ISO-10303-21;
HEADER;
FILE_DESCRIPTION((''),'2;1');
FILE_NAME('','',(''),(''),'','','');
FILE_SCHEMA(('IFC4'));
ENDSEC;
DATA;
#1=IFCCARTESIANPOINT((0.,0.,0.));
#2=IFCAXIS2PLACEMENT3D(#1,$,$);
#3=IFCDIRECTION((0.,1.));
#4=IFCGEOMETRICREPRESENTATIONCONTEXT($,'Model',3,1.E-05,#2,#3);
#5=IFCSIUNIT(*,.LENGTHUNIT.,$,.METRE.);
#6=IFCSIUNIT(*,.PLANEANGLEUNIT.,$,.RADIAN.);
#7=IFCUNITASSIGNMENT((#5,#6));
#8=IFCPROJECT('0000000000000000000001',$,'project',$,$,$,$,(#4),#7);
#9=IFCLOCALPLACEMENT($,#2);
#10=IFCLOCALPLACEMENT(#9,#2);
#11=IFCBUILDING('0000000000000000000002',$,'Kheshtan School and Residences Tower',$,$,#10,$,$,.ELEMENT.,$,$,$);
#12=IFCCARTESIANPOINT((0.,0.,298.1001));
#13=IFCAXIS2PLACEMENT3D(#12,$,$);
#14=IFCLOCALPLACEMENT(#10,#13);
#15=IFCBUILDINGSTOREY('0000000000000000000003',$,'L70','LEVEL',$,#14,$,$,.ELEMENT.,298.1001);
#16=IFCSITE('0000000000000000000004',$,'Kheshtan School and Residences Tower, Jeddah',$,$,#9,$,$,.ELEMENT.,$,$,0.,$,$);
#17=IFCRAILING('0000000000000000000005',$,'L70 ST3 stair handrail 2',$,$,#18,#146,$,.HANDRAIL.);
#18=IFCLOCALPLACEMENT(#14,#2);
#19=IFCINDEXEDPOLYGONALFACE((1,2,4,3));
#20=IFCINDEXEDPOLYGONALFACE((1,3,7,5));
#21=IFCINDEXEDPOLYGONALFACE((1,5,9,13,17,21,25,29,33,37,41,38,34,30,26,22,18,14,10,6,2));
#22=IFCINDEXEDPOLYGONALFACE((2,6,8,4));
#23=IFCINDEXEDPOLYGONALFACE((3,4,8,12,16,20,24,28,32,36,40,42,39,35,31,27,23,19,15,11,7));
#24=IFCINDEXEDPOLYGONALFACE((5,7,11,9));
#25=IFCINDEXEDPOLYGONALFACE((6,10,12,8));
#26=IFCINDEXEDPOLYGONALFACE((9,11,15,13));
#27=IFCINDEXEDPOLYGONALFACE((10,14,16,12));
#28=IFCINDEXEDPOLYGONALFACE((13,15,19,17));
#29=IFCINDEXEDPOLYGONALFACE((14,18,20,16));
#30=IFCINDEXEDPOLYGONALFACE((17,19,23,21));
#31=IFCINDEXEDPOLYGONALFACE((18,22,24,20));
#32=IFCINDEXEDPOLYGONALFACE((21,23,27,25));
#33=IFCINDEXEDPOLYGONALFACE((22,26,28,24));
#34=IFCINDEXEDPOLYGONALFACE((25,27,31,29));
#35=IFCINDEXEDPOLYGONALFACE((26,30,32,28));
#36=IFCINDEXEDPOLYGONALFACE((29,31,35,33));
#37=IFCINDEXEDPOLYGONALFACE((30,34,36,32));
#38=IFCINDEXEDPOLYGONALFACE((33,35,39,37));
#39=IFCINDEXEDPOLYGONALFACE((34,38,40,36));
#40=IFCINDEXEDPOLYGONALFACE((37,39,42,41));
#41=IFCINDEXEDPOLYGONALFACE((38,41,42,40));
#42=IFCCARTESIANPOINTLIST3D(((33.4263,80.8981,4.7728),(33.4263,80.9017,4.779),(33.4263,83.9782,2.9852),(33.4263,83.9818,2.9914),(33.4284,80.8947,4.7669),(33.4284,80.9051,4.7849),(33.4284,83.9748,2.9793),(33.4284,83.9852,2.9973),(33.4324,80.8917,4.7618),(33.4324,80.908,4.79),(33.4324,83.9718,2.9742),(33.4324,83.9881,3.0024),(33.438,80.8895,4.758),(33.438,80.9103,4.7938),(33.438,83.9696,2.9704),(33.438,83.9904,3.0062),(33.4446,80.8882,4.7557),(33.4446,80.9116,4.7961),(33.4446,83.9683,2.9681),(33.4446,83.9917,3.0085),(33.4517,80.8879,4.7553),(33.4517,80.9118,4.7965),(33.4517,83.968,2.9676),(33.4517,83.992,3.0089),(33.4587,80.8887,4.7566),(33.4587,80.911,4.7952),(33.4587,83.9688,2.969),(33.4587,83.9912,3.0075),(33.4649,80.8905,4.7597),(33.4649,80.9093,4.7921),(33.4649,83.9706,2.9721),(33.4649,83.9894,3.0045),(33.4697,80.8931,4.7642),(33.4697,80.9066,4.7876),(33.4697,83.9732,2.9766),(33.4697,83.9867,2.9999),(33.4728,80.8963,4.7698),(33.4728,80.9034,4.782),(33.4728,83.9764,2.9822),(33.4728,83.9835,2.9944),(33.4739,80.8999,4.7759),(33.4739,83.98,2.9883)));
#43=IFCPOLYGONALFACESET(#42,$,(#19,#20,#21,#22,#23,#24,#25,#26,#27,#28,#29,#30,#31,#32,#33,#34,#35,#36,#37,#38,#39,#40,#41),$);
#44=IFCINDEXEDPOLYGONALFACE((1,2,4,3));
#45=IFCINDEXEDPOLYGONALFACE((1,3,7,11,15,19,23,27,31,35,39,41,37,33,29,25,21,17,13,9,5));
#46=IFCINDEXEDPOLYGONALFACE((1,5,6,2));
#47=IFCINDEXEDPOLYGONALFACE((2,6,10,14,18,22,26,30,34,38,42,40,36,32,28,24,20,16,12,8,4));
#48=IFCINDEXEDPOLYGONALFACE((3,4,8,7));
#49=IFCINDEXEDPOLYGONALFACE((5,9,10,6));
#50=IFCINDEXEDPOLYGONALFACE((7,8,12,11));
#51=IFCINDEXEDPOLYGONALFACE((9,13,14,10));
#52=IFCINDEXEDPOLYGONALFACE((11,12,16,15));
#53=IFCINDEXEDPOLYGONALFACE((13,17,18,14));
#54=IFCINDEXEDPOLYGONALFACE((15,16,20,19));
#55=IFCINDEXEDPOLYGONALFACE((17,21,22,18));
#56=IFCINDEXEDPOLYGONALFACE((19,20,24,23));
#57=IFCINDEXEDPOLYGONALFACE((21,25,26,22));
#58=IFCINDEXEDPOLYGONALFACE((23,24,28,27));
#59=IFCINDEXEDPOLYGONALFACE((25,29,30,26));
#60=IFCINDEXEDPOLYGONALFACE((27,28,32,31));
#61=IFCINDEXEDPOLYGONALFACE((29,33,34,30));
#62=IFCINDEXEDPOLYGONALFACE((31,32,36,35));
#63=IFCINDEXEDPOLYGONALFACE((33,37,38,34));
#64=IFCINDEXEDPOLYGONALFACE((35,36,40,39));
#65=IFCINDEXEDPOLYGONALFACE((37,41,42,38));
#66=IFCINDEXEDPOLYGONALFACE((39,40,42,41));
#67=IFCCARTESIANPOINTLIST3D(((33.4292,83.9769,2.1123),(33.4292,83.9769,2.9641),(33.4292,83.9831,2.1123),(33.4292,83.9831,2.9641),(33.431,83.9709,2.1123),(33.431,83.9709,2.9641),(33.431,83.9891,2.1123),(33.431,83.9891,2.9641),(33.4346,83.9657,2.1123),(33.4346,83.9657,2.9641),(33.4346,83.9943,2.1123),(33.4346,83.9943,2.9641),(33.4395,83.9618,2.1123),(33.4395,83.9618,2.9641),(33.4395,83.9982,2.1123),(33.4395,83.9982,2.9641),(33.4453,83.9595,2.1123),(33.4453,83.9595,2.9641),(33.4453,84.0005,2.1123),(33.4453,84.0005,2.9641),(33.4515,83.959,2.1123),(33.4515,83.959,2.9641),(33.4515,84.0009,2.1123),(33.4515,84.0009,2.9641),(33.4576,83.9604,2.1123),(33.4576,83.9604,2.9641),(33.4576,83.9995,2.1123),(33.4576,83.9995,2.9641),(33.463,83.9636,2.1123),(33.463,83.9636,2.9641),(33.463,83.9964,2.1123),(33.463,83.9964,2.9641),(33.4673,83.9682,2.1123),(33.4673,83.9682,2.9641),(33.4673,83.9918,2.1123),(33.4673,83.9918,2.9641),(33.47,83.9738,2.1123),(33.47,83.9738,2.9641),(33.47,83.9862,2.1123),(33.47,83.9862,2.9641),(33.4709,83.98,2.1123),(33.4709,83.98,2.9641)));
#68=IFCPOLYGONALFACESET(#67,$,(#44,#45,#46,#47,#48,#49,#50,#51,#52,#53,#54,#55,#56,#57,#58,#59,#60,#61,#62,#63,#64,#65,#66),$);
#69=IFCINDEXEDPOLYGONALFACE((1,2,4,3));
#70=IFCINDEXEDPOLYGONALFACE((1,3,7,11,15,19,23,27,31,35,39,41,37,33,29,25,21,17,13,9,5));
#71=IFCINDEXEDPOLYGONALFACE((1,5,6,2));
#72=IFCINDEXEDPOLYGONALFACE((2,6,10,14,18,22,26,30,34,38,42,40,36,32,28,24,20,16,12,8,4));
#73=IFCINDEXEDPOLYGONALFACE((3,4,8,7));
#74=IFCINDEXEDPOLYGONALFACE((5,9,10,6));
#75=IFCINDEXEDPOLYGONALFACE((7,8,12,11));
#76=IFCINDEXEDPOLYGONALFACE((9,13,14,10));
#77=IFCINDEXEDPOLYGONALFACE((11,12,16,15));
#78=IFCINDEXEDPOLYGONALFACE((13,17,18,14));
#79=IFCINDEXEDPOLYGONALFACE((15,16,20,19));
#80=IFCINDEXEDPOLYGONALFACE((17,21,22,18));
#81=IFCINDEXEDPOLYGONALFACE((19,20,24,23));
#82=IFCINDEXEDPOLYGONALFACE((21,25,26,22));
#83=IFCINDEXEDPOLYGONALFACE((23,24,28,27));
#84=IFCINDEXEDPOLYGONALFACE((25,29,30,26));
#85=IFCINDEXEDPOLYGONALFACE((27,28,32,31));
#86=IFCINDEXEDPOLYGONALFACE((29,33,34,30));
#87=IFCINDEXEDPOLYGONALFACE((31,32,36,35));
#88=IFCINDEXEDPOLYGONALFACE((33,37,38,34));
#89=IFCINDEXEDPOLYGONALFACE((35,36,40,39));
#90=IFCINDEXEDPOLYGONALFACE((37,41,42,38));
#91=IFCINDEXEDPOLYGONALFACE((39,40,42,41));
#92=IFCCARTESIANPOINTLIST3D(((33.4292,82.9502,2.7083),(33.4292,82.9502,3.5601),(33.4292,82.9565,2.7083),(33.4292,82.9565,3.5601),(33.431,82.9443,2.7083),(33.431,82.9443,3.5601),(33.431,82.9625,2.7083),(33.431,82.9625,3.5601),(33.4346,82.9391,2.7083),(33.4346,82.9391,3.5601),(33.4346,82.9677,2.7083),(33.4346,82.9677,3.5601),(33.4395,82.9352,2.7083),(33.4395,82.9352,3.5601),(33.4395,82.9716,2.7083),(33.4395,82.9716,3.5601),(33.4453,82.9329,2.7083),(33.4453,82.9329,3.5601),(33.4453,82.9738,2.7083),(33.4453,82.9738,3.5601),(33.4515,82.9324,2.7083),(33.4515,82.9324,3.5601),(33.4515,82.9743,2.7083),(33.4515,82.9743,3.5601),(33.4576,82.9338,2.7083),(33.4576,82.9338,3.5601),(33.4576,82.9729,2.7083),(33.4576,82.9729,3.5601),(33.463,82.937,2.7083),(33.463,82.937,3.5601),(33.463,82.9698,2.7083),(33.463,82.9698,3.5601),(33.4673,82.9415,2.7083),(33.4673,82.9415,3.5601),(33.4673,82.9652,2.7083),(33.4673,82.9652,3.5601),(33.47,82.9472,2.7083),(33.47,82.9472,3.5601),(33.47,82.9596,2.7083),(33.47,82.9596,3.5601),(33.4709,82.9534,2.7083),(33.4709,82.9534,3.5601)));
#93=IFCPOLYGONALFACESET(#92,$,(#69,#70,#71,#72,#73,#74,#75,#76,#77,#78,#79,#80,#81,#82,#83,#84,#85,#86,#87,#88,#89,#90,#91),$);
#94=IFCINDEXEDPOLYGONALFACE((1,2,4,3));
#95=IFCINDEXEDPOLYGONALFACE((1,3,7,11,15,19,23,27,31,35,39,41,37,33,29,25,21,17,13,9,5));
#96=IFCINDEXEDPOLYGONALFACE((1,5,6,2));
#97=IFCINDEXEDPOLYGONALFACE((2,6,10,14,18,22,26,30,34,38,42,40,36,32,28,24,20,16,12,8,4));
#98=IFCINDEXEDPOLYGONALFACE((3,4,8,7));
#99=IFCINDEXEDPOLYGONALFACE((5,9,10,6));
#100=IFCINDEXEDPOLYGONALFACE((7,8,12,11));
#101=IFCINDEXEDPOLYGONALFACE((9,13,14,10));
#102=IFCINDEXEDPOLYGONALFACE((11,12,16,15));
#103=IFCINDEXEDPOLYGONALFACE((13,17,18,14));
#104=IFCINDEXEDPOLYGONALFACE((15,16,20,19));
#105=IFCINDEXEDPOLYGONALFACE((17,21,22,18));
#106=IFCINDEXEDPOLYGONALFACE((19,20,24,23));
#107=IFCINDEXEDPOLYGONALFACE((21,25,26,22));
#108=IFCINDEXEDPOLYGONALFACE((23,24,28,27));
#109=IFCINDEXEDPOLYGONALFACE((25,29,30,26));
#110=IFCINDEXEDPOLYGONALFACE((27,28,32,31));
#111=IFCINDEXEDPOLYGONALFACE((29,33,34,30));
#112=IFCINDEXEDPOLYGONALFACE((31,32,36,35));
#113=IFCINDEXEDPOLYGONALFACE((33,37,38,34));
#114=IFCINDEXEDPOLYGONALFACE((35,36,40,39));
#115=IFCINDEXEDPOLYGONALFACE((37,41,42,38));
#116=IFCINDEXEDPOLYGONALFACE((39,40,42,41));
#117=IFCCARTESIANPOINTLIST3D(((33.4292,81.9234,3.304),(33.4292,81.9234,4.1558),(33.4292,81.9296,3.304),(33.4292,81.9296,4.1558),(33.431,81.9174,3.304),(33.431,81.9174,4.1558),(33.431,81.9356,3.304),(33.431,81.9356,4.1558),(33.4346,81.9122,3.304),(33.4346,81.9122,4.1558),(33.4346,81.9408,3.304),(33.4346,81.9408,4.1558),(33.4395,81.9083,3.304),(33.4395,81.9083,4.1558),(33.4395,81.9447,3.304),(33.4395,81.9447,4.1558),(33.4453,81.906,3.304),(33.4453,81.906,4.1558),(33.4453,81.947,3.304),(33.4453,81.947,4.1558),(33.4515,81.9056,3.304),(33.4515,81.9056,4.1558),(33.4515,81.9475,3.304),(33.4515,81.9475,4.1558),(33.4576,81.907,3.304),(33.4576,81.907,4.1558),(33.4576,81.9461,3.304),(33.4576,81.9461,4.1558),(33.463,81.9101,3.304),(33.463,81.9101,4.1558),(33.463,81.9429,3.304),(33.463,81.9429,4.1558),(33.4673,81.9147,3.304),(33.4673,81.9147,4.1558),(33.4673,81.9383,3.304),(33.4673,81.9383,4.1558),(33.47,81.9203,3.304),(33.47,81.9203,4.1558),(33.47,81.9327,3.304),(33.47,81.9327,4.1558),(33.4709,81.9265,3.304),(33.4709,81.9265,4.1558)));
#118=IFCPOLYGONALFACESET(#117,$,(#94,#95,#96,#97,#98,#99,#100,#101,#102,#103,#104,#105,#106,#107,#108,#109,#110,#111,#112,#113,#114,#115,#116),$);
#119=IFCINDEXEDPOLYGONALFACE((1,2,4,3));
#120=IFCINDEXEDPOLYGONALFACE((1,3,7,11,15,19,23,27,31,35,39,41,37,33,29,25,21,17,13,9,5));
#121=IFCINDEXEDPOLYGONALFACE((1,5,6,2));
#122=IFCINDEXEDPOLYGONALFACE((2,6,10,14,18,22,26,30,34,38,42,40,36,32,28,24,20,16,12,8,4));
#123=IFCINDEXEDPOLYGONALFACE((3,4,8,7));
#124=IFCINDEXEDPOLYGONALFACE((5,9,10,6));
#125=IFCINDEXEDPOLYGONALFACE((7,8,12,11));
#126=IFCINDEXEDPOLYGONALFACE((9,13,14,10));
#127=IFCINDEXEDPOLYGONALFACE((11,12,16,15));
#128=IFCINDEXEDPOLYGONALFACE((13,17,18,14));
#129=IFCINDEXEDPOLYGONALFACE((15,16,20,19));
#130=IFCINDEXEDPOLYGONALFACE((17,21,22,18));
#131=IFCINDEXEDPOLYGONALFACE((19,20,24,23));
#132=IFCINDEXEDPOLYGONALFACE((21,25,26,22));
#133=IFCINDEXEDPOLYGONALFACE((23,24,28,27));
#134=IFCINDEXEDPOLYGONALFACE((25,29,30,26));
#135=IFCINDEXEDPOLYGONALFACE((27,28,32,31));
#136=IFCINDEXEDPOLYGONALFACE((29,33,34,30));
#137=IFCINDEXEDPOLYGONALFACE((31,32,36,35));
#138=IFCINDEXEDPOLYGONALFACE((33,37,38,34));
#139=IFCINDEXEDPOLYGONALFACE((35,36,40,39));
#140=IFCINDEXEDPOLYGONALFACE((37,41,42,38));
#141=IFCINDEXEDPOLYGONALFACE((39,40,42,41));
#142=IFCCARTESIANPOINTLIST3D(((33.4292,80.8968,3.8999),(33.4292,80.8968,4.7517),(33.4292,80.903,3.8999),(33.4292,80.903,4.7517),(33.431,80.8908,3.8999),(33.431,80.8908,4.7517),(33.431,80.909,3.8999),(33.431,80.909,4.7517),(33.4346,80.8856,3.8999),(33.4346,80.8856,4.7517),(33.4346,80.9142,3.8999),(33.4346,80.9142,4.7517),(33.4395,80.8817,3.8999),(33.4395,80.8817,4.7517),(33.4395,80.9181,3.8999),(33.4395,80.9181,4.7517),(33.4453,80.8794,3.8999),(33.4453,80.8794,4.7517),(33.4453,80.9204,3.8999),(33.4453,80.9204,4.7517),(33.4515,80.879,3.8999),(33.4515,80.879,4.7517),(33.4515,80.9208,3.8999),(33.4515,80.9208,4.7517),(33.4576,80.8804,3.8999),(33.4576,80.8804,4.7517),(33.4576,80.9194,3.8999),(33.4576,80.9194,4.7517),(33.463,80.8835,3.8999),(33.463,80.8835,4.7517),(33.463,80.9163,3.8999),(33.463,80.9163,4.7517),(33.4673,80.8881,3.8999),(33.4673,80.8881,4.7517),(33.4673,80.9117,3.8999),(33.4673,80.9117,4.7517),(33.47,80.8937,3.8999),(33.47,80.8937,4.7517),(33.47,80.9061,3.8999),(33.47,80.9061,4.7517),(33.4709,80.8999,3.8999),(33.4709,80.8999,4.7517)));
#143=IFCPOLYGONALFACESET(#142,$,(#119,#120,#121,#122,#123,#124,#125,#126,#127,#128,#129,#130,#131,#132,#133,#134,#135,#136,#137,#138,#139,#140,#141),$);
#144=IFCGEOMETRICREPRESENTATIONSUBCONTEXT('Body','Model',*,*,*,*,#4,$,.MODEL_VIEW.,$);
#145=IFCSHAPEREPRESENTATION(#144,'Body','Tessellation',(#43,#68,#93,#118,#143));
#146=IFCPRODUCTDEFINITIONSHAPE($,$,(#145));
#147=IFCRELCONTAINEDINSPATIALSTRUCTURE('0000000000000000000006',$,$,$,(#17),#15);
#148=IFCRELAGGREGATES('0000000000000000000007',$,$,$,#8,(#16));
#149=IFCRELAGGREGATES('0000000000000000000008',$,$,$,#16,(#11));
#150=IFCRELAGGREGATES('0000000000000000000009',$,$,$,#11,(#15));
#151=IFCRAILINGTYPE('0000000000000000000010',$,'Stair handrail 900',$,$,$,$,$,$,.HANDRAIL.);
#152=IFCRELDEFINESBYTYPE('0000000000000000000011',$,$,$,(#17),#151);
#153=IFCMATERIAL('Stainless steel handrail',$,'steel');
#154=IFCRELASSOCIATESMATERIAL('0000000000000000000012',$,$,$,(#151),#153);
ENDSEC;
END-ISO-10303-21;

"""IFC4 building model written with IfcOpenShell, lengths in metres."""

from ifc_helpers import new_model, si_unit, direction, frame, origin, origin_2d, place, context, subcontext, project, spatial, circle, extrude, material, type_object, element, save


model = new_model("IFC4")

# Units and contexts
model_context = context("Model", 3, precision=1e-05, world=origin(), true_north=direction((0.0, 1.0)))
body_context = subcontext(model_context, "Body", "Model", "MODEL_VIEW")
ifc_project = project(units=[si_unit("LENGTHUNIT", "METRE"), si_unit("PLANEANGLEUNIT", "RADIAN")], contexts=[model_context])

# Site, building, storey
site_placement = place(None, origin())
site = spatial("IfcSite", under=ifc_project, at=site_placement, Name="Kheshtan School and Residences Tower, Jeddah", CompositionType="ELEMENT", RefElevation=0.0)
building_placement = place(site_placement, origin())
building = spatial("IfcBuilding", under=site, at=building_placement, Name="Kheshtan School and Residences Tower", CompositionType="ELEMENT")
storey_placement = place(building_placement, frame((0.0, 0.0, 298.1001)))
storey = spatial("IfcBuildingStorey", under=building, at=storey_placement, Name="L70", Description="LEVEL", CompositionType="ELEMENT", Elevation=298.1001)

# Railing
ifc_material_1 = material(Name="Stainless steel handrail", Category="steel")
railing_type_1 = type_object("IfcRailingType", Name="Stair handrail 900", PredefinedType="HANDRAIL", material=ifc_material_1)
railing_1_placement = place(storey_placement, frame((33.45, 83.98, 2.1123)))
element("IfcRailing", 1, at=railing_1_placement, inside=storey, type_object=railing_type_1, Name="L70 ST3 stair handrail 2", PredefinedType="HANDRAIL", context=body_context, shape_type="SweptSolid", body=[
    extrude(circle(Radius=0.0239, at=origin_2d()), frame((0.0, 0.0, 0.876), z_axis=(0.0, -0.864891, 0.50196), x_axis=(1.0, 0.0, 0.0)), (0.0, 0.0, 1.0), 3.5613),
    extrude(circle(Radius=0.021, at=origin_2d()), origin(), (0.0, 0.0, 1.0), 0.8518),
    extrude(circle(Radius=0.021, at=origin_2d()), frame((0.0, -1.0266, 0.5959)), (0.0, 0.0, 1.0), 0.8518),
    extrude(circle(Radius=0.021, at=origin_2d()), frame((0.0, -2.0535, 1.1917)), (0.0, 0.0, 1.0), 0.8518),
    extrude(circle(Radius=0.021, at=origin_2d()), frame((0.0, -3.0801, 1.7876)), (0.0, 0.0, 1.0), 0.8518),
])

save(model, "model.ifc")
